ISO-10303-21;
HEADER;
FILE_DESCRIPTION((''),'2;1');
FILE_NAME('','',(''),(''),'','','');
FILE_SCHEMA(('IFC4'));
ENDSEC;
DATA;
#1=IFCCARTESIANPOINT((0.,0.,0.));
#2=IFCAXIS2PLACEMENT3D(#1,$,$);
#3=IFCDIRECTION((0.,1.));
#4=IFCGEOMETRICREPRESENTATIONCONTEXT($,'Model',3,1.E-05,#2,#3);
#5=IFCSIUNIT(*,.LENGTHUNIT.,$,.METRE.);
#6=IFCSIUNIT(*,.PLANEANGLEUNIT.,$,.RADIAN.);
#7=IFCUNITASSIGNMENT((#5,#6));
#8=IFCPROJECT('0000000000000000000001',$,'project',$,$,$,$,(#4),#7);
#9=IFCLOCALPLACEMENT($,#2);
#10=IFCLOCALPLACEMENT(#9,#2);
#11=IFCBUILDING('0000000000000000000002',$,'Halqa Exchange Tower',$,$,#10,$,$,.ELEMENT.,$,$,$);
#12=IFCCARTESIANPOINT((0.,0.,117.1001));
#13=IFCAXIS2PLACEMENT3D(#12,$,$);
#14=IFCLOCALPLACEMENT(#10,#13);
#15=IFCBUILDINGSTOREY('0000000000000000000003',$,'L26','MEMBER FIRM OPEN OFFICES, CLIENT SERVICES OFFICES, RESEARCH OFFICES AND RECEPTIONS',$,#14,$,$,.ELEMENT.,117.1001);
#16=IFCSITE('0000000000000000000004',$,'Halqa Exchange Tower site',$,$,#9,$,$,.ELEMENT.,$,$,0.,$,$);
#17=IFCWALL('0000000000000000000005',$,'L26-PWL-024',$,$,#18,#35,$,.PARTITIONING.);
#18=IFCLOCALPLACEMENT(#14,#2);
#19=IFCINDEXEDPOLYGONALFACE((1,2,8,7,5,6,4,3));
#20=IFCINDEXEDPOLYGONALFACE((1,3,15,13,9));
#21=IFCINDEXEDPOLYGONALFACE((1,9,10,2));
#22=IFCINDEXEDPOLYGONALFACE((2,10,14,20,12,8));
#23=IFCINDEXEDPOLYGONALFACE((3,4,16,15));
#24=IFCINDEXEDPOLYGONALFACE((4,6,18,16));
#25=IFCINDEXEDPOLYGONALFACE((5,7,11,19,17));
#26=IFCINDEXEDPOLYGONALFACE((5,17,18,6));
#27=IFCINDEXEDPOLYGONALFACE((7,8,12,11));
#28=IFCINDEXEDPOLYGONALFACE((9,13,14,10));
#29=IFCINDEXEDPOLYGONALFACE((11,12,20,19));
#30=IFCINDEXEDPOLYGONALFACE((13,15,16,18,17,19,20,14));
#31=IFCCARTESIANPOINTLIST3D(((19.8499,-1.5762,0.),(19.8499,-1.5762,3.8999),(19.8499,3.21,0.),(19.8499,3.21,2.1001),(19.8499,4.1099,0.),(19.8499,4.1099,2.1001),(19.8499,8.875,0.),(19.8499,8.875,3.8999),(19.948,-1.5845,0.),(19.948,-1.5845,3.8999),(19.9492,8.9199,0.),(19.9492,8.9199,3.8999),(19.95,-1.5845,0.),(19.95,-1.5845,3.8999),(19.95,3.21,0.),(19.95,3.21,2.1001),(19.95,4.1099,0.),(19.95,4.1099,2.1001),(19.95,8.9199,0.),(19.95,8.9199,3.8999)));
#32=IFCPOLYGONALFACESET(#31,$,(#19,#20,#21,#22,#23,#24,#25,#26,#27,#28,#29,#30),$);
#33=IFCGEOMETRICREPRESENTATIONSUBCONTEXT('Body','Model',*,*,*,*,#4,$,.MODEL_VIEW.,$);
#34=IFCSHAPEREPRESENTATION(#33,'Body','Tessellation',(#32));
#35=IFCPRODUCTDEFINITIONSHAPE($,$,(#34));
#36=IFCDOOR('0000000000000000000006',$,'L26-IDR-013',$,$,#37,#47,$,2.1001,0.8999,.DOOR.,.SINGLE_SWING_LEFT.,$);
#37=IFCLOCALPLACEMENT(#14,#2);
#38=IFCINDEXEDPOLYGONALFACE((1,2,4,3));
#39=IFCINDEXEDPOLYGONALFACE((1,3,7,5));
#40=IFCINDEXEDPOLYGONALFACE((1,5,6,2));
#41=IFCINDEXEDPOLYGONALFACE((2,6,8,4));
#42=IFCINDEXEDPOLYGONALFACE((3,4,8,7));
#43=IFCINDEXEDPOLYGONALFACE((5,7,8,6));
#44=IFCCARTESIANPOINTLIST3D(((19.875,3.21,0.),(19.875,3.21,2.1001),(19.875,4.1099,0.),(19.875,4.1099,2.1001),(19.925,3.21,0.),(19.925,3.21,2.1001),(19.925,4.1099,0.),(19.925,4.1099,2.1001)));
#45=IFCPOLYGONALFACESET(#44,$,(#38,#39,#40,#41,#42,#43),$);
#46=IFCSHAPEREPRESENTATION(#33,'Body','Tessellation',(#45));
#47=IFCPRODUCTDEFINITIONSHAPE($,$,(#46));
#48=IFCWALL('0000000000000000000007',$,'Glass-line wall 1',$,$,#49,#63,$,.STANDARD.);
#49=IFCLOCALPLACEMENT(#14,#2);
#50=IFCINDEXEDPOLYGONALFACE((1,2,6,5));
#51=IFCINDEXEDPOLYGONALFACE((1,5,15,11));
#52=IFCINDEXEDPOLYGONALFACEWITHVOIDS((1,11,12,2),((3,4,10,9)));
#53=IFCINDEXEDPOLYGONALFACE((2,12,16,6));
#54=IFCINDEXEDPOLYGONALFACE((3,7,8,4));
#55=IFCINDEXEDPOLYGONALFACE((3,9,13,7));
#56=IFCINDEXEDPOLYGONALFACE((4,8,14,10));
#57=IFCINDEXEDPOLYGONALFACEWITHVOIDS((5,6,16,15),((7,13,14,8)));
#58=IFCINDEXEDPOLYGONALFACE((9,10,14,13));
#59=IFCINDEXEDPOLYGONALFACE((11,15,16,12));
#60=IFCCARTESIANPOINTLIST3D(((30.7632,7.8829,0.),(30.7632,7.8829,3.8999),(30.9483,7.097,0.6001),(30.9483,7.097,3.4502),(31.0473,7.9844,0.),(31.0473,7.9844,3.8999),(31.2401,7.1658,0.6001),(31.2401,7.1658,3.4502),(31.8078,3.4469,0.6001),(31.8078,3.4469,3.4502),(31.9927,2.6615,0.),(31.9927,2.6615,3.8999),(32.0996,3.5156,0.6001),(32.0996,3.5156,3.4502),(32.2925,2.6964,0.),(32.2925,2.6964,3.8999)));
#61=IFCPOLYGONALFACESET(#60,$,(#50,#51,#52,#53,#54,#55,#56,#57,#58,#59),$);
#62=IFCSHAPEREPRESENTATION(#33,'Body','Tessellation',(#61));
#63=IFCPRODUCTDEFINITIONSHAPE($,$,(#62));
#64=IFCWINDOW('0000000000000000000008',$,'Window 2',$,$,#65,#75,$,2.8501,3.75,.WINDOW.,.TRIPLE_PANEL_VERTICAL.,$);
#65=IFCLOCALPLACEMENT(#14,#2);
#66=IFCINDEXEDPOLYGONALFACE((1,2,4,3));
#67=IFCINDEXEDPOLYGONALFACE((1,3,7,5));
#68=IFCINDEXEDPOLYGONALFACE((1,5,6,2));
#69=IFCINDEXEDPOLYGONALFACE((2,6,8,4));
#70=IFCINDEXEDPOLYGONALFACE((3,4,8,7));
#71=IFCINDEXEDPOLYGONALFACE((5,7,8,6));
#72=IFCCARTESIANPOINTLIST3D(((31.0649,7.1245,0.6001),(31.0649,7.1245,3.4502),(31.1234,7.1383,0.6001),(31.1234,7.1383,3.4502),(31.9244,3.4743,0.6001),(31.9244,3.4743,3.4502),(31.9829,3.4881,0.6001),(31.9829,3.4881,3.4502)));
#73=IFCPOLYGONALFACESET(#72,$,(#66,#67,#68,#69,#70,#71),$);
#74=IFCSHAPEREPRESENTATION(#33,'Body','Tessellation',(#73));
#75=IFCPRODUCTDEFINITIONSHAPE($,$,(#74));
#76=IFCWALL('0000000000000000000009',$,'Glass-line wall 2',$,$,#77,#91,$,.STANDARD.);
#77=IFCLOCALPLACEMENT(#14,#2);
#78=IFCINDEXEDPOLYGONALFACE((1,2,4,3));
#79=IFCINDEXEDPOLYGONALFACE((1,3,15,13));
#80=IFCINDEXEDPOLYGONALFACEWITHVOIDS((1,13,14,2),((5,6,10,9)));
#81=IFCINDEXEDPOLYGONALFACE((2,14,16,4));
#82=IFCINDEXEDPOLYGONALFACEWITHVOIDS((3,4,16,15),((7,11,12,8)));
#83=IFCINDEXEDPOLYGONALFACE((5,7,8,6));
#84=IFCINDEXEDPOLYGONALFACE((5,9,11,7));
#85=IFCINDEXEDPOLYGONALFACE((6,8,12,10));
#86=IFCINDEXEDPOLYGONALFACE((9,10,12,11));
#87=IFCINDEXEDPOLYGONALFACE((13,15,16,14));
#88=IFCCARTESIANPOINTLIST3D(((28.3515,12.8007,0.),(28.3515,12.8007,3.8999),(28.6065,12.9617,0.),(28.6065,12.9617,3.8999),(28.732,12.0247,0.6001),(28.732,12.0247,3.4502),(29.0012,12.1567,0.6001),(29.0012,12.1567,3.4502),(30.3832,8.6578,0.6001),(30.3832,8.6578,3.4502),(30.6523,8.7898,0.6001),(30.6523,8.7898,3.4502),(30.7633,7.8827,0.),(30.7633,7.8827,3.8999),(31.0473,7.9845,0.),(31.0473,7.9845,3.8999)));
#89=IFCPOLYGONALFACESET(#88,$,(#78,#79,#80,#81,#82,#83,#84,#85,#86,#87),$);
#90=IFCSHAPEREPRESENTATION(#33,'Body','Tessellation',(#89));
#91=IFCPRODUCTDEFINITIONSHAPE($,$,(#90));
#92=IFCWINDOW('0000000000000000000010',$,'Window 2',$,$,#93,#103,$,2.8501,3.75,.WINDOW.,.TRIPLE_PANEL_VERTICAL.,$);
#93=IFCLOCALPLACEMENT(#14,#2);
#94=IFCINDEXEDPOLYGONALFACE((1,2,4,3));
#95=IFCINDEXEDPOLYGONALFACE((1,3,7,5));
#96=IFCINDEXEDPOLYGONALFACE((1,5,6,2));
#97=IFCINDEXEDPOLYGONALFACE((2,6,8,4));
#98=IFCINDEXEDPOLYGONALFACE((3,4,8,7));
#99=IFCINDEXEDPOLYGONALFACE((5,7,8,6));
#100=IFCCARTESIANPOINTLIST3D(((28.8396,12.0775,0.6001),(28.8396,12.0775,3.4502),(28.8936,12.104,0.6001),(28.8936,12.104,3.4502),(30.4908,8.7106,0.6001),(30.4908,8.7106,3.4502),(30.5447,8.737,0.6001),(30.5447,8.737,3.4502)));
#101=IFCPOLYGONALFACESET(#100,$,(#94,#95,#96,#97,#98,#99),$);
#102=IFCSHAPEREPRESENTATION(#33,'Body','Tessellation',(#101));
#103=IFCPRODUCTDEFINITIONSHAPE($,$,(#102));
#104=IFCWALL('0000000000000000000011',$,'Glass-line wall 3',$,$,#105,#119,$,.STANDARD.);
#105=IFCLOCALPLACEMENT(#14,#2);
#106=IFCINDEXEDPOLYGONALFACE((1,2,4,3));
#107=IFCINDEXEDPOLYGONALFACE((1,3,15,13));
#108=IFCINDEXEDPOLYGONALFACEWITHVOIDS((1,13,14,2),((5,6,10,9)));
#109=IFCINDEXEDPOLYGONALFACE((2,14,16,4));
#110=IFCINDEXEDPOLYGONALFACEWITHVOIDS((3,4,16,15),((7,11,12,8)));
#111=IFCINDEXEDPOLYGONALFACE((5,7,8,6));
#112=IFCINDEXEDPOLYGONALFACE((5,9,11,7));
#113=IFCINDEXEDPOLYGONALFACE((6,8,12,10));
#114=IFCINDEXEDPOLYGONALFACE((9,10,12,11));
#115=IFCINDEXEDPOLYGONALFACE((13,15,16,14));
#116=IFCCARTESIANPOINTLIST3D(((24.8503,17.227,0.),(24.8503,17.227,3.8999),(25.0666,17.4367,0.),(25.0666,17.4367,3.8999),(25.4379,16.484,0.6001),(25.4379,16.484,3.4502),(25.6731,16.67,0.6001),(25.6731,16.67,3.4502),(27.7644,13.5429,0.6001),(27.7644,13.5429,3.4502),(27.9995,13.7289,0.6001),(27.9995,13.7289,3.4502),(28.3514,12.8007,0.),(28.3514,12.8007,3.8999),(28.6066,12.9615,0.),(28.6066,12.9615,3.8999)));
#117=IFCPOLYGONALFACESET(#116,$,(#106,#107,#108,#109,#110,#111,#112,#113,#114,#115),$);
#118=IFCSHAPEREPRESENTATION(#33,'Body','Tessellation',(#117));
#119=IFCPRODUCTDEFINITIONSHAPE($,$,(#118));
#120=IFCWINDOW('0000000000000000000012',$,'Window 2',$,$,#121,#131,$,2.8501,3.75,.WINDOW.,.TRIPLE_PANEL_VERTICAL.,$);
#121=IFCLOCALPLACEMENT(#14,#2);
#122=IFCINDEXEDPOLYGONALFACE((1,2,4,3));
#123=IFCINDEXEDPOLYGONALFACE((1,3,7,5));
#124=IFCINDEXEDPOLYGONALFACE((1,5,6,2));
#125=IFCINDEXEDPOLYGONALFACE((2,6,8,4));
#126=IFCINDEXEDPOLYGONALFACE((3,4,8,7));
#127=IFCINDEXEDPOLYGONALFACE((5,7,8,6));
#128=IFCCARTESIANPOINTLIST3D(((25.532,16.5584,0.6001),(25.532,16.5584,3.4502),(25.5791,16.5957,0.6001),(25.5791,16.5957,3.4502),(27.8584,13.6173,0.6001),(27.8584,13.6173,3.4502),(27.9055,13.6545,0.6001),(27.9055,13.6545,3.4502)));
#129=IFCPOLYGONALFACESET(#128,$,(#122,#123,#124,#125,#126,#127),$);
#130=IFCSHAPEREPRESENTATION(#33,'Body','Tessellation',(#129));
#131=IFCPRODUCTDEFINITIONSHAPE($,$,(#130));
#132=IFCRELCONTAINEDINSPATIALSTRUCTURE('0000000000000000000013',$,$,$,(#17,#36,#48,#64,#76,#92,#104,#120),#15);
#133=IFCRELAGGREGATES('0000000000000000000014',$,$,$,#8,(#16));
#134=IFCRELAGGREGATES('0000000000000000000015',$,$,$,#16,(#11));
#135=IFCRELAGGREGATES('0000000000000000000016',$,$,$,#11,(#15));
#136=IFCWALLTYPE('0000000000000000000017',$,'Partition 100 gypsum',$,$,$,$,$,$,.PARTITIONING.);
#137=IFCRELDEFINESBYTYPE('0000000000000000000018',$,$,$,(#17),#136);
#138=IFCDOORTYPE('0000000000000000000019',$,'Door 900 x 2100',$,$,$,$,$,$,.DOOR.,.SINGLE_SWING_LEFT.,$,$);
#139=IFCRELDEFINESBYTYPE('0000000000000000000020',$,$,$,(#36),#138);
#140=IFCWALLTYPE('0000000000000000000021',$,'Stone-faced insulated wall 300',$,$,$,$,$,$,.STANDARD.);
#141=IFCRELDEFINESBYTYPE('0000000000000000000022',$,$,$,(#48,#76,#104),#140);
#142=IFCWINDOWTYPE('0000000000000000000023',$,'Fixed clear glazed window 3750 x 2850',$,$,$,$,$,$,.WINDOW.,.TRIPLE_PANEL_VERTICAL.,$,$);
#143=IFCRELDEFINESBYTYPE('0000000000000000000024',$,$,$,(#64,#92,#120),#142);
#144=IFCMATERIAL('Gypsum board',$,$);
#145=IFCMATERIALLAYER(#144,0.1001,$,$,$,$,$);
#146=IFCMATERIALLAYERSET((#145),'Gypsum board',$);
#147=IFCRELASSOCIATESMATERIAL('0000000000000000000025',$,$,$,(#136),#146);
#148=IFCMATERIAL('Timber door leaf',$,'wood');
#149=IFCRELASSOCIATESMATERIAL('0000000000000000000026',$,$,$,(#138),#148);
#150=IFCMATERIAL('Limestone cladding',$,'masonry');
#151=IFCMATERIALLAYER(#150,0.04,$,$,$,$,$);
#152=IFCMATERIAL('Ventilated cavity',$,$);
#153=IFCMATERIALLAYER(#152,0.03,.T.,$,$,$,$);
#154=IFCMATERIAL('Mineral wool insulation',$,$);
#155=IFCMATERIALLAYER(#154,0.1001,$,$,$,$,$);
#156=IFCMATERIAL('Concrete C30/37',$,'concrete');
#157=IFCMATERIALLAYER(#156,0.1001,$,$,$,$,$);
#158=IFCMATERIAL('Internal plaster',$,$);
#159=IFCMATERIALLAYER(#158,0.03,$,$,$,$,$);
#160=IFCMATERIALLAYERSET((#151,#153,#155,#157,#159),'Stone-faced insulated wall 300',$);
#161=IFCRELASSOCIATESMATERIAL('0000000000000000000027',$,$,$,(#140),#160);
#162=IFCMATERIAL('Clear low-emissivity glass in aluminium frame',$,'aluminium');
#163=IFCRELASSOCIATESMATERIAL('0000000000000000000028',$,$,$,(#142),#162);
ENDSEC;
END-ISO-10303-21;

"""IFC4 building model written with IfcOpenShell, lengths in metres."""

from ifc_helpers import new_model, si_unit, direction, frame, frame_2d, origin, place, context, subcontext, project, spatial, polyline, rectangle, outline, extrude, material, layer, layer_set, type_object, element, fill, save


model = new_model("IFC4")

# Units and contexts
model_context = context("Model", 3, precision=1e-05, world=origin(), true_north=direction((0.0, 1.0)))
body_context = subcontext(model_context, "Body", "Model", "MODEL_VIEW")
ifc_project = project(units=[si_unit("LENGTHUNIT", "METRE"), si_unit("PLANEANGLEUNIT", "RADIAN")], contexts=[model_context])

# Site, building, storey
site_placement = place(None, origin())
site = spatial("IfcSite", under=ifc_project, at=site_placement, Name="Halqa Exchange Tower site", CompositionType="ELEMENT", RefElevation=0.0)
building_placement = place(site_placement, origin())
building = spatial("IfcBuilding", under=site, at=building_placement, Name="Halqa Exchange Tower", CompositionType="ELEMENT")
storey_placement = place(building_placement, frame((0.0, 0.0, 117.1001)))
storey = spatial("IfcBuildingStorey", under=building, at=storey_placement, Name="L26", Description="MEMBER FIRM OPEN OFFICES, CLIENT SERVICES OFFICES, RESEARCH OFFICES AND RECEPTIONS", CompositionType="ELEMENT", Elevation=117.1001)

# Wall, opening, door
ifc_material_1 = material(Name="Gypsum board")
ifc_layer_1 = layer(ifc_material_1, 0.1001)
ifc_layer_set_1 = layer_set([ifc_layer_1], Name="Gypsum board")
wall_type_1 = type_object("IfcWallType", Name="Partition 100 gypsum", PredefinedType="PARTITIONING", material=ifc_layer_set_1)
wall_1_placement = place(storey_placement, frame((19.8999, 8.9199, 0.0), z_axis=(0.0, 0.0, 1.0), x_axis=(0.0, -1.0, 0.0)))
wall_1 = element("IfcWall", 1, at=wall_1_placement, inside=storey, type_object=wall_type_1, Name="L26-PWL-024", PredefinedType="PARTITIONING", context=body_context, shape_type="SweptSolid", body=[
    extrude(outline(polyline([(0.0449, -0.05), (1.7866, -0.05), (3.5286, -0.05), (5.2705, -0.05), (7.0125, -0.05), (8.7544, -0.05), (10.4961, -0.05), (10.5044, 0.0481), (10.5044, 0.05), (8.7537, 0.05), (7.0029, 0.05), (5.2522, 0.05), (3.5015, 0.05), (1.7507, 0.05), (0.0, 0.05), (0.0, 0.0493), (0.0449, -0.05)])), origin(), (0.0, 0.0, 1.0), 3.8999),
])
opening_1_placement = place(wall_1_placement, frame((4.8101, 0.0, 0.0)))
opening_1 = element("IfcOpeningElement", 2, at=opening_1_placement, cuts=wall_1, PredefinedType="OPENING", context=body_context, shape_type="SweptSolid", body=[
    extrude(rectangle(XDim=0.8999, YDim=2.1001, at=frame_2d((0.45, 1.05))), frame((0.0, 0.062, 0.0), z_axis=(0.0, -1.0, 0.0), x_axis=(1.0, 0.0, 0.0)), (0.0, 0.0, 1.0), 0.124),
])
ifc_material_2 = material(Name="Timber door leaf", Category="wood")
door_type = type_object("IfcDoorType", Name="Door 900 x 2100", OperationType="SINGLE_SWING_LEFT", PredefinedType="DOOR", material=ifc_material_2)
door_placement = place(opening_1_placement, frame((0.8999, 0.0, 0.0), z_axis=(0.0, 0.0, 1.0), x_axis=(-1.0, 0.0, 0.0)))
door = element("IfcDoor", 3, at=door_placement, inside=storey, type_object=door_type, Name="L26-IDR-013", OperationType="SINGLE_SWING_LEFT", OverallHeight=2.1001, OverallWidth=0.8999, PredefinedType="DOOR", context=body_context, shape_type="SweptSolid", body=[
    extrude(rectangle(XDim=0.8999, YDim=2.1001, at=frame_2d((0.45, 1.05))), frame((0.0, 0.0249, 0.0), z_axis=(0.0, -1.0, 0.0), x_axis=(1.0, 0.0, 0.0)), (0.0, 0.0, 1.0), 0.05),
])
fill(opening_1, door)

# Walls, openings, windows
ifc_material_3 = material(Name="Limestone cladding", Category="masonry")
ifc_layer_2 = layer(ifc_material_3, 0.04)
ifc_material_4 = material(Name="Ventilated cavity")
ifc_layer_3 = layer(ifc_material_4, 0.03, ventilated=True)
ifc_material_5 = material(Name="Mineral wool insulation")
ifc_layer_4 = layer(ifc_material_5, 0.1001)
ifc_material_6 = material(Name="Concrete C30/37", Category="concrete")
ifc_layer_5 = layer(ifc_material_6, 0.1001)
ifc_material_7 = material(Name="Internal plaster")
ifc_layer_6 = layer(ifc_material_7, 0.03)
ifc_layer_set_2 = layer_set([ifc_layer_2, ifc_layer_3, ifc_layer_4, ifc_layer_5, ifc_layer_6], Name="Stone-faced insulated wall 300")
wall_type_2 = type_object("IfcWallType", Name="Stone-faced insulated wall 300", PredefinedType="STANDARD", material=ifc_layer_set_2)
wall_2_placement = place(storey_placement, frame((32.1426, 2.679, 0.0), z_axis=(0.0, 0.0, 1.0), x_axis=(-0.229201, 0.973379, 0.0)))
wall_2 = element("IfcWall", 4, at=wall_2_placement, inside=storey, type_object=wall_type_2, Name="Glass-line wall 1", PredefinedType="STANDARD", context=body_context, shape_type="SweptSolid", body=[
    extrude(outline(polyline([(-0.0173, -0.1499), (5.4153, -0.1499), (5.3816, 0.1499), (0.0173, 0.1499), (-0.0173, -0.1499)])), origin(), (0.0, 0.0, 1.0), 3.8999),
])
opening_2_placement = place(wall_2_placement, frame((0.8242, 0.0, 0.6001)))
opening_2 = element("IfcOpeningElement", 5, at=opening_2_placement, cuts=wall_2, PredefinedType="OPENING", context=body_context, shape_type="SweptSolid", body=[
    extrude(rectangle(XDim=3.75, YDim=2.8501, at=frame_2d((1.875, 1.425))), frame((0.0, 0.1621, 0.0), z_axis=(0.0, -1.0, 0.0), x_axis=(1.0, 0.0, 0.0)), (0.0, 0.0, 1.0), 0.324),
])
ifc_material_8 = material(Name="Clear low-emissivity glass in aluminium frame", Category="aluminium")
window_type = type_object("IfcWindowType", Name="Fixed clear glazed window 3750 x 2850", PartitioningType="TRIPLE_PANEL_VERTICAL", PredefinedType="WINDOW", material=ifc_material_8)
window_1_placement = place(opening_2_placement, origin())
window_1 = element("IfcWindow", 6, at=window_1_placement, inside=storey, type_object=window_type, Name="Window 2", OverallHeight=2.8501, OverallWidth=3.75, PartitioningType="TRIPLE_PANEL_VERTICAL", PredefinedType="WINDOW", context=body_context, shape_type="SweptSolid", body=[
    extrude(rectangle(XDim=3.75, YDim=2.8501, at=frame_2d((1.875, 1.425))), frame((0.0, 0.03, 0.0), z_axis=(0.0, -1.0, 0.0), x_axis=(1.0, 0.0, 0.0)), (0.0, 0.0, 1.0), 0.0601),
])
fill(opening_2, window_1)
wall_3_placement = place(storey_placement, frame((30.9053, 7.9336, 0.0), z_axis=(0.0, 0.0, 1.0), x_axis=(-0.440306, 0.897848, 0.0)))
wall_3 = element("IfcWall", 7, at=wall_3_placement, inside=storey, type_object=wall_type_2, Name="Glass-line wall 2", PredefinedType="STANDARD", context=body_context, shape_type="SweptSolid", body=[
    extrude(outline(polyline([(-0.0168, -0.1499), (5.5266, -0.1499), (5.4944, 0.1499), (0.0168, 0.1499), (-0.0168, -0.1499)])), origin(), (0.0, 0.0, 1.0), 3.8999),
])
opening_3_placement = place(wall_3_placement, frame((0.8801, 0.0, 0.6001)))
opening_3 = element("IfcOpeningElement", 8, at=opening_3_placement, cuts=wall_3, PredefinedType="OPENING", context=body_context, shape_type="SweptSolid", body=[
    extrude(rectangle(XDim=3.75, YDim=2.8501, at=frame_2d((1.875, 1.425))), frame((0.0, 0.1621, 0.0), z_axis=(0.0, -1.0, 0.0), x_axis=(1.0, 0.0, 0.0)), (0.0, 0.0, 1.0), 0.324),
])
window_2_placement = place(opening_3_placement, origin())
window_2 = element("IfcWindow", 9, at=window_2_placement, inside=storey, type_object=window_type, Name="Window 2", OverallHeight=2.8501, OverallWidth=3.75, PartitioningType="TRIPLE_PANEL_VERTICAL", PredefinedType="WINDOW", context=body_context, shape_type="SweptSolid", body=[
    extrude(rectangle(XDim=3.75, YDim=2.8501, at=frame_2d((1.875, 1.425))), frame((0.0, 0.03, 0.0), z_axis=(0.0, -1.0, 0.0), x_axis=(1.0, 0.0, 0.0)), (0.0, 0.0, 1.0), 0.0601),
])
fill(opening_3, window_2)
wall_4_placement = place(storey_placement, frame((28.479, 12.8811, 0.0), z_axis=(0.0, 0.0, 1.0), x_axis=(-0.620383, 0.784299, 0.0)))
wall_4 = element("IfcWall", 10, at=wall_4_placement, inside=storey, type_object=wall_type_2, Name="Glass-line wall 3", PredefinedType="STANDARD", context=body_context, shape_type="SweptSolid", body=[
    extrude(outline(polyline([(-0.0161, -0.1499), (5.6899, -0.1499), (5.6597, 0.1499), (0.0161, 0.1499), (-0.0161, -0.1499)])), origin(), (0.0, 0.0, 1.0), 3.8999),
])
opening_4_placement = place(wall_4_placement, frame((0.9624, 0.0, 0.6001)))
opening_4 = element("IfcOpeningElement", 11, at=opening_4_placement, cuts=wall_4, PredefinedType="OPENING", context=body_context, shape_type="SweptSolid", body=[
    extrude(rectangle(XDim=3.75, YDim=2.8501, at=frame_2d((1.875, 1.425))), frame((0.0, 0.1621, 0.0), z_axis=(0.0, -1.0, 0.0), x_axis=(1.0, 0.0, 0.0)), (0.0, 0.0, 1.0), 0.324),
])
window_3_placement = place(opening_4_placement, origin())
window_3 = element("IfcWindow", 12, at=window_3_placement, inside=storey, type_object=window_type, Name="Window 2", OverallHeight=2.8501, OverallWidth=3.75, PartitioningType="TRIPLE_PANEL_VERTICAL", PredefinedType="WINDOW", context=body_context, shape_type="SweptSolid", body=[
    extrude(rectangle(XDim=3.75, YDim=2.8501, at=frame_2d((1.875, 1.425))), frame((0.0, 0.03, 0.0), z_axis=(0.0, -1.0, 0.0), x_axis=(1.0, 0.0, 0.0)), (0.0, 0.0, 1.0), 0.0601),
])
fill(opening_4, window_3)

save(model, "model.ifc")
